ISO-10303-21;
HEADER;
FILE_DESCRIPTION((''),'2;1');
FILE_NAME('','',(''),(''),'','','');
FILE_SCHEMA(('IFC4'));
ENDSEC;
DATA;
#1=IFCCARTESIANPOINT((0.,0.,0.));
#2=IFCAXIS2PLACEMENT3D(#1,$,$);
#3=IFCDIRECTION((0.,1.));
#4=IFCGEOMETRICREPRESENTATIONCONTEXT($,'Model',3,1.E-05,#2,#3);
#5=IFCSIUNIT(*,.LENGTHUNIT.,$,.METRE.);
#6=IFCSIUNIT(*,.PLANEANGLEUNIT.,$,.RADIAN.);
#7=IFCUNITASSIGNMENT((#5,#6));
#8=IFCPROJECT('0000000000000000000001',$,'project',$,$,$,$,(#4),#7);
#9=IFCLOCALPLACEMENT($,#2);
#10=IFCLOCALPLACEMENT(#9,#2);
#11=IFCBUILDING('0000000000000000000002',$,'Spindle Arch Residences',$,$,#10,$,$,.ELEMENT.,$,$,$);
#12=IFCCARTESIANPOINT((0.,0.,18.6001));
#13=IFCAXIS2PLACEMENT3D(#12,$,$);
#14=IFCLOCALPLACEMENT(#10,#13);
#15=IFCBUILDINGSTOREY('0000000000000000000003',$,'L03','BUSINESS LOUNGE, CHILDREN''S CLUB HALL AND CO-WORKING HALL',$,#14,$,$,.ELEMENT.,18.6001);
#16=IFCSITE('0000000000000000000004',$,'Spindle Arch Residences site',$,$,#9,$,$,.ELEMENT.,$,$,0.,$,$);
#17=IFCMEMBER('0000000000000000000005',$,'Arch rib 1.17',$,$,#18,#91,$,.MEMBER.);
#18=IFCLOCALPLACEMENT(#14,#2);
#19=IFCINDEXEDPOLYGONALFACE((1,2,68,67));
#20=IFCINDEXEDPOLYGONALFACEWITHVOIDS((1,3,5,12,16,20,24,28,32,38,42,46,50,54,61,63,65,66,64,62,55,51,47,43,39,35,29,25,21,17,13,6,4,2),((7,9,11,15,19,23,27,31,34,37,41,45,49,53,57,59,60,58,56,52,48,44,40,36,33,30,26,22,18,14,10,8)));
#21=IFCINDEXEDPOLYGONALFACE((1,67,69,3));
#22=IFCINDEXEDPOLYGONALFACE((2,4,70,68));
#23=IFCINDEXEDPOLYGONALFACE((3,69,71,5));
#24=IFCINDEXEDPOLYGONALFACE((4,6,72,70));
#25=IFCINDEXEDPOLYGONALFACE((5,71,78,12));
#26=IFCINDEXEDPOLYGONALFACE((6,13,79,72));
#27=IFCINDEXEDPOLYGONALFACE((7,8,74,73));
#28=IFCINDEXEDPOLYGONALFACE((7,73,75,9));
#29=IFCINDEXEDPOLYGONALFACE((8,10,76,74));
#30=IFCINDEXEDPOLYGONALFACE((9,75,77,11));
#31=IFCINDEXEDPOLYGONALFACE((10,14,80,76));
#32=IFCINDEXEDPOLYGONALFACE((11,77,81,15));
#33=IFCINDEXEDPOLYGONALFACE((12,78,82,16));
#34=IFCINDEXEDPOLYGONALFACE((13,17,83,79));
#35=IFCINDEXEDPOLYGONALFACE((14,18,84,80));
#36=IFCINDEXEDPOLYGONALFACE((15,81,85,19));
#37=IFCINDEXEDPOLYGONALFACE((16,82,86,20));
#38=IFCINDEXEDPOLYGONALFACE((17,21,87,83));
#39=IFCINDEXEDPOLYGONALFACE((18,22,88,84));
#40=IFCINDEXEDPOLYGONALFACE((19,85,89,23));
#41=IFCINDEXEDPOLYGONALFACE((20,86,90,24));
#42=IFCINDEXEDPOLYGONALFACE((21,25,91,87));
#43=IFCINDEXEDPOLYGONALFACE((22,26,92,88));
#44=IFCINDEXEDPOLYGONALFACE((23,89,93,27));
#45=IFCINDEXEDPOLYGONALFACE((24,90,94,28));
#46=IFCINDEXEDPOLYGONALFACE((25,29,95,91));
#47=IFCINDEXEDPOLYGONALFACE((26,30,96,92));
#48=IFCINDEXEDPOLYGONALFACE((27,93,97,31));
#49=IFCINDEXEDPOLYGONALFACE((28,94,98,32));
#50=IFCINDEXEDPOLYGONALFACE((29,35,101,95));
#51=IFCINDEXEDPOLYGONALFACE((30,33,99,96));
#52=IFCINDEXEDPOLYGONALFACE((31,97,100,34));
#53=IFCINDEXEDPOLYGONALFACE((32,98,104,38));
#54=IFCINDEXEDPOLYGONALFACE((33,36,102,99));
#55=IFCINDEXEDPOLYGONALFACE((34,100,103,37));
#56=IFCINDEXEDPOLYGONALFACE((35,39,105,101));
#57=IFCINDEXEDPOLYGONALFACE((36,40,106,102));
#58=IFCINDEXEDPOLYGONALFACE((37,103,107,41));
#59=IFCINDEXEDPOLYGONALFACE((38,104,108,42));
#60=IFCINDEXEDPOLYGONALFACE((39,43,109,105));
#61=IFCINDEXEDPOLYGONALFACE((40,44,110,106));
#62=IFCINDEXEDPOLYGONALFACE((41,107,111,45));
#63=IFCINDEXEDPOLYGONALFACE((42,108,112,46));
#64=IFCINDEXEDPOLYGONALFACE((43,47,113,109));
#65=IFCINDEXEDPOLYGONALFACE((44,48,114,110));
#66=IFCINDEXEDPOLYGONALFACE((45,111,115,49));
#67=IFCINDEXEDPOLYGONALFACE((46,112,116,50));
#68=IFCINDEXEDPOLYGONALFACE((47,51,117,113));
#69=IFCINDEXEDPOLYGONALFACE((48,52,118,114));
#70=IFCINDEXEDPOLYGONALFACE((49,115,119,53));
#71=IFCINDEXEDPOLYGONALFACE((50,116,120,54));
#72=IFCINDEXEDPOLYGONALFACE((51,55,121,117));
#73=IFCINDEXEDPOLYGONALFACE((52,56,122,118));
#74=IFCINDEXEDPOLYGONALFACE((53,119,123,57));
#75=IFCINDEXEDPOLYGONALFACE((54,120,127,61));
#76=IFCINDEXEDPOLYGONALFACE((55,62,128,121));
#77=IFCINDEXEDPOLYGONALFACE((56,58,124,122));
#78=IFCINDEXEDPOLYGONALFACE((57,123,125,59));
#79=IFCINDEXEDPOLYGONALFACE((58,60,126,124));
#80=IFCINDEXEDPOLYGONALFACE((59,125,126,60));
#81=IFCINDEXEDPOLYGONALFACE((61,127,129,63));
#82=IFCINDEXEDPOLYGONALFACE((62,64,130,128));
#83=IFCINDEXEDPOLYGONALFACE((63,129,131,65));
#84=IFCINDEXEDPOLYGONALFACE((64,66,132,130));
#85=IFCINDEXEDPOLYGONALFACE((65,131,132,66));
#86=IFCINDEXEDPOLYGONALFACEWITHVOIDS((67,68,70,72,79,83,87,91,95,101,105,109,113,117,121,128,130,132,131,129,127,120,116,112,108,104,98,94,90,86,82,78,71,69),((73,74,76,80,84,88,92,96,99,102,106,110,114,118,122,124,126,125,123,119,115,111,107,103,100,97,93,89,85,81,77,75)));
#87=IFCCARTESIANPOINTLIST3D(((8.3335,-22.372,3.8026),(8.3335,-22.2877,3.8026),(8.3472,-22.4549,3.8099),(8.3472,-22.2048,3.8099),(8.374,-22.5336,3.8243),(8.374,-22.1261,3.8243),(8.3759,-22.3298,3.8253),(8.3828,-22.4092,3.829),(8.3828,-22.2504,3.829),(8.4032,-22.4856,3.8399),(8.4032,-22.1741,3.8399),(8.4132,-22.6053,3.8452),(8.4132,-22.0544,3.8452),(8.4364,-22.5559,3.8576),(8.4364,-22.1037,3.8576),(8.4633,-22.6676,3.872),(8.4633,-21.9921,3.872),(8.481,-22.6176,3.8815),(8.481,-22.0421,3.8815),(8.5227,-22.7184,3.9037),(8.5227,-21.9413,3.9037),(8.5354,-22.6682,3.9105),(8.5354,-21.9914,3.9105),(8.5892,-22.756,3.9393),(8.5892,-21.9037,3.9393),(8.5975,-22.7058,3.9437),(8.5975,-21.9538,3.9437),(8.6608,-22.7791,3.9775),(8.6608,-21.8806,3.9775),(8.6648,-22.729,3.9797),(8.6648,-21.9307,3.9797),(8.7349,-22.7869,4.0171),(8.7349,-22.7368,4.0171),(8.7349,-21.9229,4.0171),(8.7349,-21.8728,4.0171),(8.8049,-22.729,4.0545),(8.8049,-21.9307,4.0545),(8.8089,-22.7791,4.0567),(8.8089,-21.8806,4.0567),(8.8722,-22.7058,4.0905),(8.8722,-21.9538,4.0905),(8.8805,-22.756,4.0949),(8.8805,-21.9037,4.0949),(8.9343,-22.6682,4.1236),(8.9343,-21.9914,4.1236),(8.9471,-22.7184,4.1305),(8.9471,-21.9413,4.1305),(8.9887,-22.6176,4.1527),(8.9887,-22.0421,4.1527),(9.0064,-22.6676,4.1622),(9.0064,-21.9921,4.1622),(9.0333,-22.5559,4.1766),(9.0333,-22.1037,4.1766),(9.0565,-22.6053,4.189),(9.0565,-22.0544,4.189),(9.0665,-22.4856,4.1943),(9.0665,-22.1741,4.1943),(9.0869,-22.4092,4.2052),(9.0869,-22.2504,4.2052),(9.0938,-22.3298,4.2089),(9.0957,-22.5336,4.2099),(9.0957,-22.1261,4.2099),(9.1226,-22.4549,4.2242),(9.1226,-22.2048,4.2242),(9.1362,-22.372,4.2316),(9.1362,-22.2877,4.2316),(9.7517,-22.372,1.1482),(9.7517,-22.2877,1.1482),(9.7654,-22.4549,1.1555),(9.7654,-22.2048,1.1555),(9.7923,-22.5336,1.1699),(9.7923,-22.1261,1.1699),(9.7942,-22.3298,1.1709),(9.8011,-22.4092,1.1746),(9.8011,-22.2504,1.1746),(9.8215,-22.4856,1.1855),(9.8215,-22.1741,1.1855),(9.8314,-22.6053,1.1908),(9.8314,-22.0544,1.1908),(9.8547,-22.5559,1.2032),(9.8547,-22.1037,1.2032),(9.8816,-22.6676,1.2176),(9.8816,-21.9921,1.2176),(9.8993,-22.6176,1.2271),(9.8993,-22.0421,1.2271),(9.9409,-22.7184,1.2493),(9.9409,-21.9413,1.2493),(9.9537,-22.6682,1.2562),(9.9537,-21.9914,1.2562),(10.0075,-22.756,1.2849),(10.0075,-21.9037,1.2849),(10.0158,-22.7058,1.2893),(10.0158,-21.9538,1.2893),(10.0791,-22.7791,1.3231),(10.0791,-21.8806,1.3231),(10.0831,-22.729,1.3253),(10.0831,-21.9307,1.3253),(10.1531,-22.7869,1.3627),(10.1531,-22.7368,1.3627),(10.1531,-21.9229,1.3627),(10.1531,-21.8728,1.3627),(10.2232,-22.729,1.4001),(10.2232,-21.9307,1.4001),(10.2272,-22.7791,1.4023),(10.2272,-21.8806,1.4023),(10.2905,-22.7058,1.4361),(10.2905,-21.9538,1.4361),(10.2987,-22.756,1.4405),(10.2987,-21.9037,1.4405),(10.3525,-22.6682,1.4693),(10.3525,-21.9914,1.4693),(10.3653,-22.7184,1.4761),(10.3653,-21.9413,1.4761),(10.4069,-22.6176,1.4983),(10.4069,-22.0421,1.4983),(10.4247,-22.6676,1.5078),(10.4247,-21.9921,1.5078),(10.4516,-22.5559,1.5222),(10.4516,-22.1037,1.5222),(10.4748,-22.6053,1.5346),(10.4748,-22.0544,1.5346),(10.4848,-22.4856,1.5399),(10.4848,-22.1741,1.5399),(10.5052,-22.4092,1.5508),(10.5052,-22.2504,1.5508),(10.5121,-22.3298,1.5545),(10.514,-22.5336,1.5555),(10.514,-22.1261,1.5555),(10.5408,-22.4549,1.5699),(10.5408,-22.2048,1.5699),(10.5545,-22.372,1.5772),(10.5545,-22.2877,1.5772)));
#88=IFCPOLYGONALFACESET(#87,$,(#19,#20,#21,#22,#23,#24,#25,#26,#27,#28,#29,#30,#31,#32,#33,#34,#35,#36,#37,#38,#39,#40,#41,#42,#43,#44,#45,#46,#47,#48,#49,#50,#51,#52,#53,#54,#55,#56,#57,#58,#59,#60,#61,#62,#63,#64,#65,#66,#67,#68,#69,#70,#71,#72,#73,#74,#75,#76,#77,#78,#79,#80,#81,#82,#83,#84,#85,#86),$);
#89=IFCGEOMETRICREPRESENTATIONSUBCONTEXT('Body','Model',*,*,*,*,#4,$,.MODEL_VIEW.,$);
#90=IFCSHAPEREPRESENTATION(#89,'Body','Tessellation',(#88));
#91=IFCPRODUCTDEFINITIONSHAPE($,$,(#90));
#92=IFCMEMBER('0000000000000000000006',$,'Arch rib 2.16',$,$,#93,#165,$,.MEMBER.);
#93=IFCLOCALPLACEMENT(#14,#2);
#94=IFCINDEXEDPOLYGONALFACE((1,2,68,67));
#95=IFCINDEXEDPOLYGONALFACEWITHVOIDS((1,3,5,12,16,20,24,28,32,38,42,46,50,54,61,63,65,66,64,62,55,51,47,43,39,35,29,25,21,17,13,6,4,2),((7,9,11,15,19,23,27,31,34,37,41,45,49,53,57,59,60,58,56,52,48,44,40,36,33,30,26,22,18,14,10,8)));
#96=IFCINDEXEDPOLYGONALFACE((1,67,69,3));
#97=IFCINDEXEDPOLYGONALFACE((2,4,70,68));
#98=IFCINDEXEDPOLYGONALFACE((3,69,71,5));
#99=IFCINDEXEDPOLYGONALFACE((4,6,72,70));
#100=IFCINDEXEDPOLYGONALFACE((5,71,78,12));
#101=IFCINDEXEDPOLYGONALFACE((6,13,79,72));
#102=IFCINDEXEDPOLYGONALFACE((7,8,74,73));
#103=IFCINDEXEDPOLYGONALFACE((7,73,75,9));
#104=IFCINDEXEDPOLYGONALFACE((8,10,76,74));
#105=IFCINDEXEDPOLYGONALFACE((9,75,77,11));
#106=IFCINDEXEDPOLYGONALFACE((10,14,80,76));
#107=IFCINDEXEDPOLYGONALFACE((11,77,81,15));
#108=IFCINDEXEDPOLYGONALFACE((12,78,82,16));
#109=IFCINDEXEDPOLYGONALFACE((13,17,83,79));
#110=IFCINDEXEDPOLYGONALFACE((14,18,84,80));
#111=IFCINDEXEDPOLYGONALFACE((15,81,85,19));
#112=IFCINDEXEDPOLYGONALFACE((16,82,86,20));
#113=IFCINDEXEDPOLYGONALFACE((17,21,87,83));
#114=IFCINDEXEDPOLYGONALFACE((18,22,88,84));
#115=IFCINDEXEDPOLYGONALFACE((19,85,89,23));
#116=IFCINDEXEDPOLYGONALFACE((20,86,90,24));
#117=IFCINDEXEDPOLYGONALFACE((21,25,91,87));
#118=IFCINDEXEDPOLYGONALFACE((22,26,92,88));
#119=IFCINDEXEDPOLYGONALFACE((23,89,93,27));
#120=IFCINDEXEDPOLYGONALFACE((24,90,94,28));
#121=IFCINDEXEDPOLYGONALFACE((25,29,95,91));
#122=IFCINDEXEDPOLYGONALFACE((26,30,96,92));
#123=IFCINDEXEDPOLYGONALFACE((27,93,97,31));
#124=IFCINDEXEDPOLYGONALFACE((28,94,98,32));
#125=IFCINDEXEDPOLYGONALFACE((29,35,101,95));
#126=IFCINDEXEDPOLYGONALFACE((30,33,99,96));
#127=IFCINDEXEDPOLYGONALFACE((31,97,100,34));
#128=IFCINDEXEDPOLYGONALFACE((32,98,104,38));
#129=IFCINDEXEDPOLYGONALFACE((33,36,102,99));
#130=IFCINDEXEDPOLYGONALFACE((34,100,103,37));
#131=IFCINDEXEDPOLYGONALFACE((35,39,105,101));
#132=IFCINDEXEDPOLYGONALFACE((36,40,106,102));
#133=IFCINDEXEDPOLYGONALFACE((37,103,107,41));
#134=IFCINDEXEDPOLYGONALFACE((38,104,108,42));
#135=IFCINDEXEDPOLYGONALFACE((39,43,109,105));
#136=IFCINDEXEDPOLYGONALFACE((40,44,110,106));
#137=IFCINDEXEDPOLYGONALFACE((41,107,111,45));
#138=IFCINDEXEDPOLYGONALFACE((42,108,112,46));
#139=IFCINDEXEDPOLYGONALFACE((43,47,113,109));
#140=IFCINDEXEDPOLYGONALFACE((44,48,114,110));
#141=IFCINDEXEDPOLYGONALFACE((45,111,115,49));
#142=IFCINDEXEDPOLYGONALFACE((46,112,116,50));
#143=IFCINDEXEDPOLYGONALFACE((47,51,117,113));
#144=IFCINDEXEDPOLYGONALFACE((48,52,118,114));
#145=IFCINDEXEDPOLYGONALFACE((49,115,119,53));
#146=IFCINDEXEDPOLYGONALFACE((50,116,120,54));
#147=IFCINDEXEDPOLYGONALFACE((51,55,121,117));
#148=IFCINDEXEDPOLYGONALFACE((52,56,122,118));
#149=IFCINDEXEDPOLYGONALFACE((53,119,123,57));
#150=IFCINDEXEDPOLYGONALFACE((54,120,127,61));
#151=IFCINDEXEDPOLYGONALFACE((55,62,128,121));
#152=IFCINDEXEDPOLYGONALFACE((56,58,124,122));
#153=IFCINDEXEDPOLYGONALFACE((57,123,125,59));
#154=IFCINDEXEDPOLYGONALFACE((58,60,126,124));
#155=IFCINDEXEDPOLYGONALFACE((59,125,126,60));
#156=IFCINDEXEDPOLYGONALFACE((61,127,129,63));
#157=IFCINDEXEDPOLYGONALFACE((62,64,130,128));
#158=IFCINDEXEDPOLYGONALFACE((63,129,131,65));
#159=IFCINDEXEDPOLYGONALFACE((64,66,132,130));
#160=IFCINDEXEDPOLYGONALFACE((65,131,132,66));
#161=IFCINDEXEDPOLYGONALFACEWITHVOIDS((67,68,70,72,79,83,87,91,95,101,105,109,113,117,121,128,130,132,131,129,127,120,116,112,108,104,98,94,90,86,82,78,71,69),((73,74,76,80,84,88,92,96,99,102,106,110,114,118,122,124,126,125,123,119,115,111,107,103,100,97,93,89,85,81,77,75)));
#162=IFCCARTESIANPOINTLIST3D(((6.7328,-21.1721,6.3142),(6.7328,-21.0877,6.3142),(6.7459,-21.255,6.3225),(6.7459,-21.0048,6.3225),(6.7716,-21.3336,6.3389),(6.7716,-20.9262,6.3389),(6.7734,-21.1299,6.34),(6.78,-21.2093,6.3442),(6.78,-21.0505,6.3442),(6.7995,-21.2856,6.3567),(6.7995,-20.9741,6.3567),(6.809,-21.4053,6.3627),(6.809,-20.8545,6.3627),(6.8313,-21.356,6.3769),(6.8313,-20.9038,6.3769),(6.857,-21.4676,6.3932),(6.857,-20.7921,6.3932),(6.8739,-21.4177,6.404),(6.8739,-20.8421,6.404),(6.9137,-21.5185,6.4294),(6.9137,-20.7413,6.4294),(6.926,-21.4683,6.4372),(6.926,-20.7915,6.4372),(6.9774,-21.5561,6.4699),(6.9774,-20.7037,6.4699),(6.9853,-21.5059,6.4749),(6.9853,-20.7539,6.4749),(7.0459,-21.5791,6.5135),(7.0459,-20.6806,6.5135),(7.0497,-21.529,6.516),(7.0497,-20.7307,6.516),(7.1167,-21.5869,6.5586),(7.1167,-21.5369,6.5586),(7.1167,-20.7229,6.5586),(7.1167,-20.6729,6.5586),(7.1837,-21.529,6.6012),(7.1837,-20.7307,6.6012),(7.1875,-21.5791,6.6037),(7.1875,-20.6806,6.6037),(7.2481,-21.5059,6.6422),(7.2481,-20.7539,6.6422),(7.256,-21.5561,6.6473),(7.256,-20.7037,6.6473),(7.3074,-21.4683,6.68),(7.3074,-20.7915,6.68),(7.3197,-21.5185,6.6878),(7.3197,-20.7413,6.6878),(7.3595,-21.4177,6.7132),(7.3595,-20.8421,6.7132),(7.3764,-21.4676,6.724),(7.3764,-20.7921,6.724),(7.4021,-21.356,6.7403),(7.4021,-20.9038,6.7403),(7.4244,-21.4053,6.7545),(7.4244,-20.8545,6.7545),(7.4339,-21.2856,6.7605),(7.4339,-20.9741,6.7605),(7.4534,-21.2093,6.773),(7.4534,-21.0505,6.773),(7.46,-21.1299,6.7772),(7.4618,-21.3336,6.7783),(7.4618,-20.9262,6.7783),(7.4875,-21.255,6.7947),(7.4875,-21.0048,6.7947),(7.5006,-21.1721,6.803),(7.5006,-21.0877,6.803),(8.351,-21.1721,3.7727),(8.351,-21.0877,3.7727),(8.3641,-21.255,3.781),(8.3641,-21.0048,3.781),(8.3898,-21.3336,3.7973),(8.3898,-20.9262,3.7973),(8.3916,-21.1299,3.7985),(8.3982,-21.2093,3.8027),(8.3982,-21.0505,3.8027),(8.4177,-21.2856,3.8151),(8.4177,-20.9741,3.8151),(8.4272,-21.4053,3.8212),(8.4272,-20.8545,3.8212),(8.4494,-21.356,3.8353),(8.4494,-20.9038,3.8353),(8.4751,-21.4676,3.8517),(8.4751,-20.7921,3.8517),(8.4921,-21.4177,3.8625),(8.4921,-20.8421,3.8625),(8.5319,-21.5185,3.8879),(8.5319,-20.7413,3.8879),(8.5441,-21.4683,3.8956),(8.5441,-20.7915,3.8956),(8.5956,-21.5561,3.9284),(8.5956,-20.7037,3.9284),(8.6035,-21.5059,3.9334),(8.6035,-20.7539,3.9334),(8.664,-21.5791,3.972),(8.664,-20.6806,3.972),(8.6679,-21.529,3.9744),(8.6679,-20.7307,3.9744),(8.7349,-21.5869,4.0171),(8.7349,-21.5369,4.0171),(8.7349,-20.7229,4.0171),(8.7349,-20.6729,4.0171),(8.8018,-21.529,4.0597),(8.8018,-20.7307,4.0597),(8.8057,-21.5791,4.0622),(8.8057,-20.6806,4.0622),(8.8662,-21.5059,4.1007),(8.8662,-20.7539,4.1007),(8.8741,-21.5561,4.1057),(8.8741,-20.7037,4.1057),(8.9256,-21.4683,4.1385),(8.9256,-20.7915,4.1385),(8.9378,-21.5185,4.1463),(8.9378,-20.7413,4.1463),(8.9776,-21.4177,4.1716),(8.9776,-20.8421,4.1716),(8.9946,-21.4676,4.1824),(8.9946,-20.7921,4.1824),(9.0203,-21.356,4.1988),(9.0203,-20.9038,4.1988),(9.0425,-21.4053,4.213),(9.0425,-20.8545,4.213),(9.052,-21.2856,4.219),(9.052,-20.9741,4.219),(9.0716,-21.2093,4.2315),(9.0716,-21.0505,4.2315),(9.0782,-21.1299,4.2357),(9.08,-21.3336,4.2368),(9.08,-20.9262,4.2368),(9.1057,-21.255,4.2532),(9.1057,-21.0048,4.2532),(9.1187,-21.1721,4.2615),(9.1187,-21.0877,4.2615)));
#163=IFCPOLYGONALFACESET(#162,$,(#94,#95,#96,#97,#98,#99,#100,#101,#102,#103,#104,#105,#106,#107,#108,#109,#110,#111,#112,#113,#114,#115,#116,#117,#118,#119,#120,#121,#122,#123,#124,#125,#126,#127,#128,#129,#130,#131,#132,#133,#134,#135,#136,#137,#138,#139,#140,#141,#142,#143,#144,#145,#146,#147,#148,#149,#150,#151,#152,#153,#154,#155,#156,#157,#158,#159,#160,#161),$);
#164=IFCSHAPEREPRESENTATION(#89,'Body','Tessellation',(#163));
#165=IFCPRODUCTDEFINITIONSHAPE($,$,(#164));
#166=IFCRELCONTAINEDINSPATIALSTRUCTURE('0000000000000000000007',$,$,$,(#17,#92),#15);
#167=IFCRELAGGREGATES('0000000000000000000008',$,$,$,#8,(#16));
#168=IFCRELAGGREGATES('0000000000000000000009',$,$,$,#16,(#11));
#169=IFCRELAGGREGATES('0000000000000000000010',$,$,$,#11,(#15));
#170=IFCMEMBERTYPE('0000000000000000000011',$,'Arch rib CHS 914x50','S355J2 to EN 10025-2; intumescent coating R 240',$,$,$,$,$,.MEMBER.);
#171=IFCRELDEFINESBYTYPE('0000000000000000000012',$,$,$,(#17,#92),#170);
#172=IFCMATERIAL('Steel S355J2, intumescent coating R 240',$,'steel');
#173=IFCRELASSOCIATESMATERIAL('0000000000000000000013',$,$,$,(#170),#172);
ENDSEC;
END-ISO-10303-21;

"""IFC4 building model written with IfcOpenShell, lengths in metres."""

from ifc_helpers import new_model, si_unit, direction, frame, origin, origin_2d, place, context, subcontext, project, spatial, hollow_circle, extrude, material, material_profile, profile_set, type_object, element, save


model = new_model("IFC4")

# Units and contexts
model_context = context("Model", 3, precision=1e-05, world=origin(), true_north=direction((0.0, 1.0)))
body_context = subcontext(model_context, "Body", "Model", "MODEL_VIEW")
ifc_project = project(units=[si_unit("LENGTHUNIT", "METRE"), si_unit("PLANEANGLEUNIT", "RADIAN")], contexts=[model_context])

# Site, building, storey
site_placement = place(None, origin())
site = spatial("IfcSite", under=ifc_project, at=site_placement, Name="Spindle Arch Residences site", CompositionType="ELEMENT", RefElevation=0.0)
building_placement = place(site_placement, origin())
building = spatial("IfcBuilding", under=site, at=building_placement, Name="Spindle Arch Residences", CompositionType="ELEMENT")
storey_placement = place(building_placement, frame((0.0, 0.0, 18.6001)))
storey = spatial("IfcBuildingStorey", under=building, at=storey_placement, Name="L03", Description="BUSINESS LOUNGE, CHILDREN'S CLUB HALL AND CO-WORKING HALL", CompositionType="ELEMENT", Elevation=18.6001)

# Members
ifc_material_1 = material(Name="Steel S355J2, intumescent coating R 240", Category="steel")
ifc_material_profile_1 = material_profile(ifc_material_1, hollow_circle(Radius=0.457, WallThickness=0.05, at=origin_2d()), Name="CHS 914x50")
ifc_profile_set_1 = profile_set([ifc_material_profile_1], Name="Steel S355J2, intumescent coating R 240")
member_type_1 = type_object("IfcMemberType", Name="Arch rib CHS 914x50", Description="S355J2 to EN 10025-2; intumescent coating R 240", PredefinedType="MEMBER", material=ifc_profile_set_1)
member_1_placement = place(storey_placement, frame((8.7349, -22.3298, 4.0171), z_axis=(0.471258, 0.0, -0.881996), x_axis=(0.0, 1.0, 0.0)))
element("IfcMember", 1, at=member_1_placement, inside=storey, type_object=member_type_1, Name="Arch rib 1.17", PredefinedType="MEMBER", context=body_context, shape_type="SweptSolid", body=[
    extrude(hollow_circle(Radius=0.457, WallThickness=0.05, at=origin_2d()), origin(), (0.0, 0.0, 1.0), 3.0095),
])
member_2_placement = place(storey_placement, frame((7.1167, -21.1299, 6.5586), z_axis=(0.537075, 0.0, -0.843535), x_axis=(0.0, 1.0, 0.0)))
element("IfcMember", 2, at=member_2_placement, inside=storey, type_object=member_type_1, Name="Arch rib 2.16", PredefinedType="MEMBER", context=body_context, shape_type="SweptSolid", body=[
    extrude(hollow_circle(Radius=0.457, WallThickness=0.05, at=origin_2d()), origin(), (0.0, 0.0, 1.0), 3.0129),
])

save(model, "model.ifc")
